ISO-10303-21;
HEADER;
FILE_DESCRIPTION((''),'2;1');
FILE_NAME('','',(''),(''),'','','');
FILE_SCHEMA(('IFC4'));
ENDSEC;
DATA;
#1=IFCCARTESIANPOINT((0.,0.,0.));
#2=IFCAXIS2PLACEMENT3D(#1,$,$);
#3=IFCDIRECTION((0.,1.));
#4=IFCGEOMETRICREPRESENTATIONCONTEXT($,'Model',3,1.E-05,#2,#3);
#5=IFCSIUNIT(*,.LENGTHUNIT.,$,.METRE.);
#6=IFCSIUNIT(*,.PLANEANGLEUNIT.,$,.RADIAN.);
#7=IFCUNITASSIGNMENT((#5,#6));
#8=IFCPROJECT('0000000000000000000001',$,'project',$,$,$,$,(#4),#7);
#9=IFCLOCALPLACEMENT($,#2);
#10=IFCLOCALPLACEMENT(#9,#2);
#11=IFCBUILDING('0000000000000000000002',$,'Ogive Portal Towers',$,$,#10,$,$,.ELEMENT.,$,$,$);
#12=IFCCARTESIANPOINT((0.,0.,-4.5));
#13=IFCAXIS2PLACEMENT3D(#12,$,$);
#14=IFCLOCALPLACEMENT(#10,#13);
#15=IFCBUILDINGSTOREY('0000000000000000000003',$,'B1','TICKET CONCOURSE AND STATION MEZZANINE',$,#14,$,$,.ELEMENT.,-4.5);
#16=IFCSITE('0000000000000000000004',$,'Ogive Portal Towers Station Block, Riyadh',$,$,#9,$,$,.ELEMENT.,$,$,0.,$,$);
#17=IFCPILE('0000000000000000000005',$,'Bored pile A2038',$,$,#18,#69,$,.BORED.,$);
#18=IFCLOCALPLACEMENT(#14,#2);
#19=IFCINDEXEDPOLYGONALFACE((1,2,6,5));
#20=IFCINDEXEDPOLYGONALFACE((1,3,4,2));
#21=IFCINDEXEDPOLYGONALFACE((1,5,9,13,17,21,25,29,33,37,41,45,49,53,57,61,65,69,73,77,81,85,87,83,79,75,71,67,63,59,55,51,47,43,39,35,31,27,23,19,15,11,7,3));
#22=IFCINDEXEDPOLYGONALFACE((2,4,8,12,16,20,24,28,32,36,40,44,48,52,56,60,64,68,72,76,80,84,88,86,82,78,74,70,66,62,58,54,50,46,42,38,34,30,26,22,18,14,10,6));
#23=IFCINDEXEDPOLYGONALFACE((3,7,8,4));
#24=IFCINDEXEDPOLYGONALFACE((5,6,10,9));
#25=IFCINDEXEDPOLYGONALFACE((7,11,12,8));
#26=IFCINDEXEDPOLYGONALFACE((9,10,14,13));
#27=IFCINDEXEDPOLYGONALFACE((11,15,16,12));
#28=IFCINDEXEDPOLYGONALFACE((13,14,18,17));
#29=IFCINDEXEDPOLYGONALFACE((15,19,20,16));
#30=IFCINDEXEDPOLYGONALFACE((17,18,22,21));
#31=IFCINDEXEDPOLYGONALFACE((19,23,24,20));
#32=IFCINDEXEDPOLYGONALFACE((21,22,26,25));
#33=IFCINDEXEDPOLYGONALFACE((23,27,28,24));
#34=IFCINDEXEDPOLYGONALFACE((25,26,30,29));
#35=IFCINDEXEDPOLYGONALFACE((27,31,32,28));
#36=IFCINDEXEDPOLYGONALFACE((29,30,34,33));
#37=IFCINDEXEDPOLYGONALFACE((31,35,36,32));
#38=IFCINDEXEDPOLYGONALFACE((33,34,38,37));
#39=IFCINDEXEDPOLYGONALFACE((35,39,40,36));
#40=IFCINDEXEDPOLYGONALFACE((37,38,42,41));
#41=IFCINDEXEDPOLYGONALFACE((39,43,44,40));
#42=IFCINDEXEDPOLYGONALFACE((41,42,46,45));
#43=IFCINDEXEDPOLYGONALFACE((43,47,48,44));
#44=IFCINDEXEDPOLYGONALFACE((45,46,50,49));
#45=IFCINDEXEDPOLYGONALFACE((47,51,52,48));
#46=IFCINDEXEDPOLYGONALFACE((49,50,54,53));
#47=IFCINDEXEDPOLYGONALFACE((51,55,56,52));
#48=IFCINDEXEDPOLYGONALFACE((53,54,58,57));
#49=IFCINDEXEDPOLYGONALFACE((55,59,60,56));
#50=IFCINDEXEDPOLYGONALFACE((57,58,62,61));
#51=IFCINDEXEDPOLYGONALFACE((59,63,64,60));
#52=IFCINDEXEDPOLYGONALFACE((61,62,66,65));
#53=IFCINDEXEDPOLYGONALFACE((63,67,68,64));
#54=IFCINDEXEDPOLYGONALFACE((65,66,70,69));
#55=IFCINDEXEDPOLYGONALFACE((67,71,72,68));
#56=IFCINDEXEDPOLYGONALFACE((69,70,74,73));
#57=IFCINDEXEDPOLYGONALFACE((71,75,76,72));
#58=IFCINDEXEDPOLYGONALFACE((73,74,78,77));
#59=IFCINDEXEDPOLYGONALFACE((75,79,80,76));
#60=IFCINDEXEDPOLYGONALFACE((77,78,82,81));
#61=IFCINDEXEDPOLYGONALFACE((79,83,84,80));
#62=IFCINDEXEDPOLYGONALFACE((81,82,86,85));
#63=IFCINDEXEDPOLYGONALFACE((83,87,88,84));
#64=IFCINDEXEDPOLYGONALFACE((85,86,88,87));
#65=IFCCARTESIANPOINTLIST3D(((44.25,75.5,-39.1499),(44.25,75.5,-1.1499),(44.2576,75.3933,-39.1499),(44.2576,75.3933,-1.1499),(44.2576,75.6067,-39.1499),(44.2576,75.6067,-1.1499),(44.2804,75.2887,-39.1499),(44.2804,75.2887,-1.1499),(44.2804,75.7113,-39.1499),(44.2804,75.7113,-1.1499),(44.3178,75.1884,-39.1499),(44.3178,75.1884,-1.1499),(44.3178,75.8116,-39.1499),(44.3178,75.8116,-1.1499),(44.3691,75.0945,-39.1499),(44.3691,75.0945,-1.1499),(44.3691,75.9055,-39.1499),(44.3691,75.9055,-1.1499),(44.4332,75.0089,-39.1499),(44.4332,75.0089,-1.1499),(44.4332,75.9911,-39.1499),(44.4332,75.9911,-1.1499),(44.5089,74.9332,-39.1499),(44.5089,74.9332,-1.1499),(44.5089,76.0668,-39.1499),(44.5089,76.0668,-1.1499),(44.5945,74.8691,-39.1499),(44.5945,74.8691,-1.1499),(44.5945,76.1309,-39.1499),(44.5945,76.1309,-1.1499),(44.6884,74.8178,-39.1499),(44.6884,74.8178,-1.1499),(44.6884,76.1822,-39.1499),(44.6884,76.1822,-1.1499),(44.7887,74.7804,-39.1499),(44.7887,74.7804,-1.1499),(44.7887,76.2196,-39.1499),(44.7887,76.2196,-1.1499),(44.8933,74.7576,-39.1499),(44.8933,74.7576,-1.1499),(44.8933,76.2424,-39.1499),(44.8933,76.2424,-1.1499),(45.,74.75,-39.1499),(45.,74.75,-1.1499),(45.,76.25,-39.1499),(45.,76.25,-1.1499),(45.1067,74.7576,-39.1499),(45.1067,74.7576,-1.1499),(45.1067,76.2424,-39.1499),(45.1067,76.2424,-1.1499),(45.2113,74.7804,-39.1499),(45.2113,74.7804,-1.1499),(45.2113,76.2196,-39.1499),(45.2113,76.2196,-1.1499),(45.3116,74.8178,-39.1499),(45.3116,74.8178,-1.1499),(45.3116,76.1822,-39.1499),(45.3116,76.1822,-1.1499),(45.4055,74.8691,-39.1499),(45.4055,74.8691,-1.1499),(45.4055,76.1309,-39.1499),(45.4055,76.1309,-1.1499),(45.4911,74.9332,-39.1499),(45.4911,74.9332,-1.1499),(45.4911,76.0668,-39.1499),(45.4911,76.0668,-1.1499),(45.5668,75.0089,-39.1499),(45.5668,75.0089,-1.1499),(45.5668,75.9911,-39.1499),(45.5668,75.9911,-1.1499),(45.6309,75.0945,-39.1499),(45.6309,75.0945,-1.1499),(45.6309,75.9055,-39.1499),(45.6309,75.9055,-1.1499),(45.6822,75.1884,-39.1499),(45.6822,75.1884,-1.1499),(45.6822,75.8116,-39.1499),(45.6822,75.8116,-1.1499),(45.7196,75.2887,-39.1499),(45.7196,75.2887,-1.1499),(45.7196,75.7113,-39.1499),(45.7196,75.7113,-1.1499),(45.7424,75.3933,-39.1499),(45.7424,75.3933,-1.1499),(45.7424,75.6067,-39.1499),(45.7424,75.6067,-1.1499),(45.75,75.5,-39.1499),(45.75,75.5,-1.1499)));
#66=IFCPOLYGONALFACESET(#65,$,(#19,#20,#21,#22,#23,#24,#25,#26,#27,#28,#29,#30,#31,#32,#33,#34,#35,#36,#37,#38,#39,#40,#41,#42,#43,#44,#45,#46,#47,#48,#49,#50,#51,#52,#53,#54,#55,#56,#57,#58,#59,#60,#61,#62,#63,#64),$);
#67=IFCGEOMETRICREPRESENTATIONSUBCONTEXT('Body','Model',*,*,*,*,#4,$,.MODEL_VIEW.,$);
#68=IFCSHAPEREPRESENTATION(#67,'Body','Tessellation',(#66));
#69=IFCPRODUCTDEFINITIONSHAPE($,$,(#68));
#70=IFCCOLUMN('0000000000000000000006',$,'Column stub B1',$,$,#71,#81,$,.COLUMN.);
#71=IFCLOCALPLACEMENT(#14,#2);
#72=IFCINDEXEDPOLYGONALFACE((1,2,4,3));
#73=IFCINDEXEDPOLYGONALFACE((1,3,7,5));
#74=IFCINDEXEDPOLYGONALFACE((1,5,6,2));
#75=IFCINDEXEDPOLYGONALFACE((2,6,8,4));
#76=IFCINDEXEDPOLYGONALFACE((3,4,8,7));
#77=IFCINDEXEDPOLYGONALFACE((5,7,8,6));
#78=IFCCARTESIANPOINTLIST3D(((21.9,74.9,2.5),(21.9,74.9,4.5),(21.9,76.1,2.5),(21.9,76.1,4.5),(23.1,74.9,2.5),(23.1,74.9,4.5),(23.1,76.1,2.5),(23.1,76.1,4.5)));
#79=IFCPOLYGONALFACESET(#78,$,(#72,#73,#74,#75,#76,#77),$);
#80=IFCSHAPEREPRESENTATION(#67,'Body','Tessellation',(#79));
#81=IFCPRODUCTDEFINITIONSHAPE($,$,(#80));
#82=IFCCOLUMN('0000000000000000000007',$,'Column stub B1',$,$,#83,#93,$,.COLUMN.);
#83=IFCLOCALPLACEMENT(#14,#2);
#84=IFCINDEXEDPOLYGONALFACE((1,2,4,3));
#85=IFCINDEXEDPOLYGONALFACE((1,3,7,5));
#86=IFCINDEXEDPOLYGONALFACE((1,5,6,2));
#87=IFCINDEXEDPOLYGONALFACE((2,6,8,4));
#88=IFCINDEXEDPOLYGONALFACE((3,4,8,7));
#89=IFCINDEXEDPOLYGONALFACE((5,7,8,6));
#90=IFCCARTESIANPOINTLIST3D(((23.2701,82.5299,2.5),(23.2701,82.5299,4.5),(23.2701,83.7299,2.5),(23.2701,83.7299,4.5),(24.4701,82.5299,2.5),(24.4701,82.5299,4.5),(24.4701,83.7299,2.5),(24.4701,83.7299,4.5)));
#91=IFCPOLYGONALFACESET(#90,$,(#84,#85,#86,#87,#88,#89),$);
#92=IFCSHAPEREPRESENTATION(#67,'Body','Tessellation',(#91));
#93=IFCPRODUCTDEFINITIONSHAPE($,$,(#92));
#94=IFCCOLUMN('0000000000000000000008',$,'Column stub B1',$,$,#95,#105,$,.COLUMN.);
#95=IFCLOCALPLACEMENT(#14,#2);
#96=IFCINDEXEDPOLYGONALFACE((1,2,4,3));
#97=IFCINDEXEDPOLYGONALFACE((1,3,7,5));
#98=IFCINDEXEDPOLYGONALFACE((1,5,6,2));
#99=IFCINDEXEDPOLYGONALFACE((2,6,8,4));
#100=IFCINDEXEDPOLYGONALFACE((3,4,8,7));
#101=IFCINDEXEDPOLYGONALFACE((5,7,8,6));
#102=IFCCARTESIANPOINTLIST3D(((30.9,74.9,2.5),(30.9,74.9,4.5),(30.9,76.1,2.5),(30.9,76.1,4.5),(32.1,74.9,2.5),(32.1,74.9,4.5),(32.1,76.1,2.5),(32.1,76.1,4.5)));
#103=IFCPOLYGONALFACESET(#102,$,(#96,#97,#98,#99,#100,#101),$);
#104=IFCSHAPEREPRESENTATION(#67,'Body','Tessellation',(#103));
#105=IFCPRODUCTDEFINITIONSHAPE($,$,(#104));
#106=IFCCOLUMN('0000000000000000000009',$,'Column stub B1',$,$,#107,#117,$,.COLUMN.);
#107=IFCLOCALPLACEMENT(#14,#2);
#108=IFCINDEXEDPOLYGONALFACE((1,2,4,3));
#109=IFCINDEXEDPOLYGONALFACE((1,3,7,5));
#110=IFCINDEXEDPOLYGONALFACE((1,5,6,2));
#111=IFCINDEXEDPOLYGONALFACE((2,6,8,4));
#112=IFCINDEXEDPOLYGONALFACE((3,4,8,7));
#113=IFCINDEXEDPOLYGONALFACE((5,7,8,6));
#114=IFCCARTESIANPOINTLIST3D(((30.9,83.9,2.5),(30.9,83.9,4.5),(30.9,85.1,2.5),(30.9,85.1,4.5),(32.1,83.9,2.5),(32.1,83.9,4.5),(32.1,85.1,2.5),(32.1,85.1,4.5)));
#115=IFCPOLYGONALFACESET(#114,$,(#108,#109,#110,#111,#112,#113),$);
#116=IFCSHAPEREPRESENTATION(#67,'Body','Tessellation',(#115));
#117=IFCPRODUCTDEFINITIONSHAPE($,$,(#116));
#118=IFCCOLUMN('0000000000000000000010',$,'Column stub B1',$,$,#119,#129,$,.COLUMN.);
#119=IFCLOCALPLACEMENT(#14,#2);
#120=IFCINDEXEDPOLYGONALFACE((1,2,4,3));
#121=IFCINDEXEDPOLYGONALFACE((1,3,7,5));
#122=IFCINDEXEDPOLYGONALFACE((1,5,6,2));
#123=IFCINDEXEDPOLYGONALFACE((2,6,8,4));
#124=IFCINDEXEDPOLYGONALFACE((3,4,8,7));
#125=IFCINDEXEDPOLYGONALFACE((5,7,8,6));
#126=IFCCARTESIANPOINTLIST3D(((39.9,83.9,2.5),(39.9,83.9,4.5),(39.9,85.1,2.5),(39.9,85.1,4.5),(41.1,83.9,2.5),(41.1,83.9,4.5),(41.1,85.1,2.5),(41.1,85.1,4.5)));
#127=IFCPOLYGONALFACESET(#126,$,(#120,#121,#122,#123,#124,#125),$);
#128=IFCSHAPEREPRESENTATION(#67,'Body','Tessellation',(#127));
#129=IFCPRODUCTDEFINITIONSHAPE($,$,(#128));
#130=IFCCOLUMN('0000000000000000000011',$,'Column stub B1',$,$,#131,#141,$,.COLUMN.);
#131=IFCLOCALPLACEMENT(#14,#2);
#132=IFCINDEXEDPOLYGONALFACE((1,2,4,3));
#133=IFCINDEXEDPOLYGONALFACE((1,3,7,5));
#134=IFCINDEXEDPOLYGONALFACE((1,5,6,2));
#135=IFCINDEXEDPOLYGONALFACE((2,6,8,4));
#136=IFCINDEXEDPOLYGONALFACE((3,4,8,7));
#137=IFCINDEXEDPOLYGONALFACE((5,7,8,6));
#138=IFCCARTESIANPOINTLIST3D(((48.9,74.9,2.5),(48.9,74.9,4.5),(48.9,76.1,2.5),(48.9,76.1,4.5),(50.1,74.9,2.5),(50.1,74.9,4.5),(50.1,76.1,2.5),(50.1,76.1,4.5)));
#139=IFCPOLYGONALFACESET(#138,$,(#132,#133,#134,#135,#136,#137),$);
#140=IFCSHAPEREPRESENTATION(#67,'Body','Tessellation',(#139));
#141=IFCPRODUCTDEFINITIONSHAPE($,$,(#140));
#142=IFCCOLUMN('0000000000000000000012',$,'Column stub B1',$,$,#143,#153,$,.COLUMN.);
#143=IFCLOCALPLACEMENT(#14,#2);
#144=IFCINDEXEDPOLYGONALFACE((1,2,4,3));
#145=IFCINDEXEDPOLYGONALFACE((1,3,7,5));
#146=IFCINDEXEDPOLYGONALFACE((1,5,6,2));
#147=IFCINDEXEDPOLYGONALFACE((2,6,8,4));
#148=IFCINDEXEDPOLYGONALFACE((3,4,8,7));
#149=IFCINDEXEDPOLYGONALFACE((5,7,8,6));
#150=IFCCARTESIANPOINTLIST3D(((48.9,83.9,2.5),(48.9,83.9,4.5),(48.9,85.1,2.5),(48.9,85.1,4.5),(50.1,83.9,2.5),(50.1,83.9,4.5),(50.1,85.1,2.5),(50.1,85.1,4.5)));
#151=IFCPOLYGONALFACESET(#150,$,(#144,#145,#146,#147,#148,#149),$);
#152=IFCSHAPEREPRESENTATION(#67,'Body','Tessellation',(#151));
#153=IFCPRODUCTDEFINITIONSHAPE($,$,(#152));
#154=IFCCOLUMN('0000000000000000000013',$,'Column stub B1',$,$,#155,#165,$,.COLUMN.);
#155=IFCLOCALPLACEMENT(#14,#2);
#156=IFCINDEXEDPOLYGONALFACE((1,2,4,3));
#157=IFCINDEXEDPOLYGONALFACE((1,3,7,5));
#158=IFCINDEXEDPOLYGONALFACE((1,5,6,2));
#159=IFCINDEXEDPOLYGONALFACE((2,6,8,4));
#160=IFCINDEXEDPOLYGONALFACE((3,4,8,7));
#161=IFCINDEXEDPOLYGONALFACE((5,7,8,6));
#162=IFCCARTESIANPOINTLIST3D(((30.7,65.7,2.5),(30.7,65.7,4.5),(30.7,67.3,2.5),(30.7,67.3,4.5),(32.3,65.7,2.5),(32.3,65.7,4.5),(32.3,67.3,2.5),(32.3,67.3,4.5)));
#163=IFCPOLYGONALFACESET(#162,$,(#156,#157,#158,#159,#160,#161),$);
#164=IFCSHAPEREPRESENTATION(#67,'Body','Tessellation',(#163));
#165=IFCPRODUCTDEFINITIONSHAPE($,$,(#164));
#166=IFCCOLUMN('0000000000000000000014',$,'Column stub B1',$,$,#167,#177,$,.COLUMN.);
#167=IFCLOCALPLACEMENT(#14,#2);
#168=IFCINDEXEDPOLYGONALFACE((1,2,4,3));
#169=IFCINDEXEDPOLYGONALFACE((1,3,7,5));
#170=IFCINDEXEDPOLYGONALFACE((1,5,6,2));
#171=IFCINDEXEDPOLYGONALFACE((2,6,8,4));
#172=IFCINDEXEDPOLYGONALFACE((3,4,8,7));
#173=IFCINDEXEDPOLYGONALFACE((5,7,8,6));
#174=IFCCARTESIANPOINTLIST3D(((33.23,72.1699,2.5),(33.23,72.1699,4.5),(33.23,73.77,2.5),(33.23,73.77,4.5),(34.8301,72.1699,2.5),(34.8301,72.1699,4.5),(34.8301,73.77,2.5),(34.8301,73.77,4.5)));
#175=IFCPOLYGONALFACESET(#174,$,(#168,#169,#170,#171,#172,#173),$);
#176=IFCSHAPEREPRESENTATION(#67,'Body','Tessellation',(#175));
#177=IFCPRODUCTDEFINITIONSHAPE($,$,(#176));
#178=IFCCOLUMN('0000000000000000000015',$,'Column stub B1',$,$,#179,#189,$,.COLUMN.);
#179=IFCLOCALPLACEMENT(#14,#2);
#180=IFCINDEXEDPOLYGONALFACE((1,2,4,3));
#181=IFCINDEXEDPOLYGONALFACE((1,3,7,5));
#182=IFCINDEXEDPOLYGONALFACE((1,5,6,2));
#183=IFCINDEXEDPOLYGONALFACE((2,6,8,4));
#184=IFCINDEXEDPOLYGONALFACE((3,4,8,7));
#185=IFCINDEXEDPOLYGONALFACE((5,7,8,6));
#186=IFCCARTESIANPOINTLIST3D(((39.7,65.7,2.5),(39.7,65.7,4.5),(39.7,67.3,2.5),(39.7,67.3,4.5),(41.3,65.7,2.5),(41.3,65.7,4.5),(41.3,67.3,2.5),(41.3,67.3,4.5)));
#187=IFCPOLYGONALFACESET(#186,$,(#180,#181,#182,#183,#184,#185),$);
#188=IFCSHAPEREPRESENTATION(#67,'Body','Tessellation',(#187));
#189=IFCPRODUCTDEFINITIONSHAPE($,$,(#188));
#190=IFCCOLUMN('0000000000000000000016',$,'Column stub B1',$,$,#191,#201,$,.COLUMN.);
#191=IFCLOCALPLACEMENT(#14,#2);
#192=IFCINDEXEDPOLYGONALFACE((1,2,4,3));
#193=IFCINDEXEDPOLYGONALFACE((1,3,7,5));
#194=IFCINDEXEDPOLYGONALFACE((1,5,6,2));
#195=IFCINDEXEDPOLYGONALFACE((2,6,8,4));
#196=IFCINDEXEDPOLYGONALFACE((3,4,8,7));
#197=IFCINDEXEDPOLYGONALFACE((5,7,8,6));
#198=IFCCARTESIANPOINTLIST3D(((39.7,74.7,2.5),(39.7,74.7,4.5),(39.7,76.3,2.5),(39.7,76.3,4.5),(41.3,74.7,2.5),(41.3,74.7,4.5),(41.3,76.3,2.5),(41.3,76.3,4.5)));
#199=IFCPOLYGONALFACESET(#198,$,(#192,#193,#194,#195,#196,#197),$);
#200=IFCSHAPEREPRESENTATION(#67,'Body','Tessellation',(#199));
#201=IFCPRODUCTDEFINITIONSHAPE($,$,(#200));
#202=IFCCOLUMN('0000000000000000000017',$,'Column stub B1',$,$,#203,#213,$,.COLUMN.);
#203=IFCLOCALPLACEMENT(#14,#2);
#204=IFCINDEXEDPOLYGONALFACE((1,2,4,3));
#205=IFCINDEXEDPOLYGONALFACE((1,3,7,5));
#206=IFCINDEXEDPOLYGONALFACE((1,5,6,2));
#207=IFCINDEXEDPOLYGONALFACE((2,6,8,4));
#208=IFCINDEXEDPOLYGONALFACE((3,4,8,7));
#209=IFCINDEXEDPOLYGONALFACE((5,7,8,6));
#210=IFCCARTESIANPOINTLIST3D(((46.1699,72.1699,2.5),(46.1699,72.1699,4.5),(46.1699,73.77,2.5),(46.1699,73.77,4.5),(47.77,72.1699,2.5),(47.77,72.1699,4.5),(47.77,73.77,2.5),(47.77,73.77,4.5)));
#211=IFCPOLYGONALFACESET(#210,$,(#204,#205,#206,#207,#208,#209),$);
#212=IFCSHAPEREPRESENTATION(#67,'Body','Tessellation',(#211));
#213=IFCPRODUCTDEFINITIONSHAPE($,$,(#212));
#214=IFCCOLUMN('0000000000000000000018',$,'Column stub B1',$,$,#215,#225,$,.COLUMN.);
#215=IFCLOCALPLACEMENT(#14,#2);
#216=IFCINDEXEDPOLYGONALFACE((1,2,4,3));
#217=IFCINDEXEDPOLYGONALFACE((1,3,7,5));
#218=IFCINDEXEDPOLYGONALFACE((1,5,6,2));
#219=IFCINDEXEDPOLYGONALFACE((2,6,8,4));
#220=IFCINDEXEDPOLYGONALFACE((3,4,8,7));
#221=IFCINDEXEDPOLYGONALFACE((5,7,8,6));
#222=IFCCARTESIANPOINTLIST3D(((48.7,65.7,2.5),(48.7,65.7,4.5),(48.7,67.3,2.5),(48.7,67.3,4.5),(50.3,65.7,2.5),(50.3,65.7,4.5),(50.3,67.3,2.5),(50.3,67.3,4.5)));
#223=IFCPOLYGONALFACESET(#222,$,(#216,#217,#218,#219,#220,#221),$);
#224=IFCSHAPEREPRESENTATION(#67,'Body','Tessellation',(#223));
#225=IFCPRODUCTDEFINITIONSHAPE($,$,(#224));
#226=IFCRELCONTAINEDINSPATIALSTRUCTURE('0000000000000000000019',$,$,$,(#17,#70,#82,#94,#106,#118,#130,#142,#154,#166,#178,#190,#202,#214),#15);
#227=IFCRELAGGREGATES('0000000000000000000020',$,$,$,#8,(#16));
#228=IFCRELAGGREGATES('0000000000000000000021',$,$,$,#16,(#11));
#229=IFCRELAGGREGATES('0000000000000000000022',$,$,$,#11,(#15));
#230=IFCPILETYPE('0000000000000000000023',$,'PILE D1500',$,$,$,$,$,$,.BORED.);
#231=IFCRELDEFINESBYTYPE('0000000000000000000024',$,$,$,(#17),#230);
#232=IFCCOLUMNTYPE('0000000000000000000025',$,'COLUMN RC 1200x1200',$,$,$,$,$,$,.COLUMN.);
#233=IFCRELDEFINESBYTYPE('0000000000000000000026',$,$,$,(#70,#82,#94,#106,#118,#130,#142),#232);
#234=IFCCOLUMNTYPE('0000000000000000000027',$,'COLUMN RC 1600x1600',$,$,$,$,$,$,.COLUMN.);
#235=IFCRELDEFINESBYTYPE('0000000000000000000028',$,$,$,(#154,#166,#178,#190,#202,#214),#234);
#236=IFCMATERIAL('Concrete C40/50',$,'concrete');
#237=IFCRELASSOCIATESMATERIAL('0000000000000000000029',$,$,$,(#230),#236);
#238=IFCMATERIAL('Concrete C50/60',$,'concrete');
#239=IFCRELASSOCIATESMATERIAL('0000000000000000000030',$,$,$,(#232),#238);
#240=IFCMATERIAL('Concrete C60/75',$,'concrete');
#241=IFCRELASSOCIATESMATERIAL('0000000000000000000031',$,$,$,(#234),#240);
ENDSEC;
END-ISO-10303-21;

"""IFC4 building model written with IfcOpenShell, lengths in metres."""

from ifc_helpers import new_model, si_unit, direction, frame, origin, origin_2d, place, context, subcontext, project, spatial, rectangle, circle, extrude, material, material_profile, profile_set, type_object, element, save


model = new_model("IFC4")

# Units and contexts
model_context = context("Model", 3, precision=1e-05, world=origin(), true_north=direction((0.0, 1.0)))
body_context = subcontext(model_context, "Body", "Model", "MODEL_VIEW")
ifc_project = project(units=[si_unit("LENGTHUNIT", "METRE"), si_unit("PLANEANGLEUNIT", "RADIAN")], contexts=[model_context])

# Site, building, storey
site_placement = place(None, origin())
site = spatial("IfcSite", under=ifc_project, at=site_placement, Name="Ogive Portal Towers Station Block, Riyadh", CompositionType="ELEMENT", RefElevation=0.0)
building_placement = place(site_placement, origin())
building = spatial("IfcBuilding", under=site, at=building_placement, Name="Ogive Portal Towers", CompositionType="ELEMENT")
storey_placement = place(building_placement, frame((0.0, 0.0, -4.5)))
storey = spatial("IfcBuildingStorey", under=building, at=storey_placement, Name="B1", Description="TICKET CONCOURSE AND STATION MEZZANINE", CompositionType="ELEMENT", Elevation=-4.5)

# Pile
ifc_material_1 = material(Name="Concrete C40/50", Category="concrete")
ifc_material_profile_1 = material_profile(ifc_material_1, circle(Radius=0.75, at=origin_2d()), Name="PILE D1500")
ifc_profile_set_1 = profile_set([ifc_material_profile_1], Name="Concrete C40/50")
pile_type = type_object("IfcPileType", Name="PILE D1500", PredefinedType="BORED", material=ifc_profile_set_1)
for number, where, z_axis, x_axis, name in (
    (1, (45.0, 75.5, -1.1499), (0.0, 0.0, -1.0), (1.0, 0.0, 0.0), "Bored pile A2038"),
):
    element("IfcPile", number, at=place(storey_placement, frame(where, z_axis=z_axis, x_axis=x_axis)), inside=storey, type_object=pile_type, Name=name, PredefinedType="BORED", context=body_context, shape_type="SweptSolid", body=[
        extrude(circle(Radius=0.75, at=origin_2d()), origin(), (0.0, 0.0, 1.0), 38.0),
    ])

# Columns
ifc_material_2 = material(Name="Concrete C50/60", Category="concrete")
ifc_material_profile_2 = material_profile(ifc_material_2, rectangle(XDim=1.2, YDim=1.2, at=origin_2d()), Name="RC 1200x1200")
ifc_profile_set_2 = profile_set([ifc_material_profile_2], Name="Concrete C50/60")
column_type_1 = type_object("IfcColumnType", Name="COLUMN RC 1200x1200", PredefinedType="COLUMN", material=ifc_profile_set_2)
for number, where, z_axis, x_axis, name in (
    (2, (22.5, 75.5, 2.5), (0.0, 0.0, 1.0), (1.0, 0.0, 0.0), "Column stub B1"),
    (3, (23.8701, 83.1299, 2.5), (0.0, 0.0, 1.0), (1.0, 0.0, 0.0), "Column stub B1"),
    (4, (31.5, 75.5, 2.5), (0.0, 0.0, 1.0), (1.0, 0.0, 0.0), "Column stub B1"),
    (5, (31.5, 84.5, 2.5), (0.0, 0.0, 1.0), (1.0, 0.0, 0.0), "Column stub B1"),
    (6, (40.5, 84.5, 2.5), (0.0, 0.0, 1.0), (1.0, 0.0, 0.0), "Column stub B1"),
    (7, (49.5, 75.5, 2.5), (0.0, 0.0, 1.0), (1.0, 0.0, 0.0), "Column stub B1"),
    (8, (49.5, 84.5, 2.5), (0.0, 0.0, 1.0), (1.0, 0.0, 0.0), "Column stub B1"),
):
    element("IfcColumn", number, at=place(storey_placement, frame(where, z_axis=z_axis, x_axis=x_axis)), inside=storey, type_object=column_type_1, Name=name, PredefinedType="COLUMN", context=body_context, shape_type="SweptSolid", body=[
        extrude(rectangle(XDim=1.2, YDim=1.2, at=origin_2d()), origin(), (0.0, 0.0, 1.0), 2.0),
    ])
ifc_material_3 = material(Name="Concrete C60/75", Category="concrete")
ifc_material_profile_3 = material_profile(ifc_material_3, rectangle(XDim=1.6001, YDim=1.6001, at=origin_2d()), Name="RC 1600x1600")
ifc_profile_set_3 = profile_set([ifc_material_profile_3], Name="Concrete C60/75")
column_type_2 = type_object("IfcColumnType", Name="COLUMN RC 1600x1600", PredefinedType="COLUMN", material=ifc_profile_set_3)
for number, where, z_axis, x_axis, name in (
    (9, (31.5, 66.5, 2.5), (0.0, 0.0, 1.0), (1.0, 0.0, 0.0), "Column stub B1"),
    (10, (34.03, 72.97, 2.5), (0.0, 0.0, 1.0), (1.0, 0.0, 0.0), "Column stub B1"),
    (11, (40.5, 66.5, 2.5), (0.0, 0.0, 1.0), (1.0, 0.0, 0.0), "Column stub B1"),
    (12, (40.5, 75.5, 2.5), (0.0, 0.0, 1.0), (1.0, 0.0, 0.0), "Column stub B1"),
    (13, (46.97, 72.97, 2.5), (0.0, 0.0, 1.0), (1.0, 0.0, 0.0), "Column stub B1"),
    (14, (49.5, 66.5, 2.5), (0.0, 0.0, 1.0), (1.0, 0.0, 0.0), "Column stub B1"),
):
    element("IfcColumn", number, at=place(storey_placement, frame(where, z_axis=z_axis, x_axis=x_axis)), inside=storey, type_object=column_type_2, Name=name, PredefinedType="COLUMN", context=body_context, shape_type="SweptSolid", body=[
        extrude(rectangle(XDim=1.6001, YDim=1.6001, at=origin_2d()), origin(), (0.0, 0.0, 1.0), 2.0),
    ])

save(model, "model.ifc")
